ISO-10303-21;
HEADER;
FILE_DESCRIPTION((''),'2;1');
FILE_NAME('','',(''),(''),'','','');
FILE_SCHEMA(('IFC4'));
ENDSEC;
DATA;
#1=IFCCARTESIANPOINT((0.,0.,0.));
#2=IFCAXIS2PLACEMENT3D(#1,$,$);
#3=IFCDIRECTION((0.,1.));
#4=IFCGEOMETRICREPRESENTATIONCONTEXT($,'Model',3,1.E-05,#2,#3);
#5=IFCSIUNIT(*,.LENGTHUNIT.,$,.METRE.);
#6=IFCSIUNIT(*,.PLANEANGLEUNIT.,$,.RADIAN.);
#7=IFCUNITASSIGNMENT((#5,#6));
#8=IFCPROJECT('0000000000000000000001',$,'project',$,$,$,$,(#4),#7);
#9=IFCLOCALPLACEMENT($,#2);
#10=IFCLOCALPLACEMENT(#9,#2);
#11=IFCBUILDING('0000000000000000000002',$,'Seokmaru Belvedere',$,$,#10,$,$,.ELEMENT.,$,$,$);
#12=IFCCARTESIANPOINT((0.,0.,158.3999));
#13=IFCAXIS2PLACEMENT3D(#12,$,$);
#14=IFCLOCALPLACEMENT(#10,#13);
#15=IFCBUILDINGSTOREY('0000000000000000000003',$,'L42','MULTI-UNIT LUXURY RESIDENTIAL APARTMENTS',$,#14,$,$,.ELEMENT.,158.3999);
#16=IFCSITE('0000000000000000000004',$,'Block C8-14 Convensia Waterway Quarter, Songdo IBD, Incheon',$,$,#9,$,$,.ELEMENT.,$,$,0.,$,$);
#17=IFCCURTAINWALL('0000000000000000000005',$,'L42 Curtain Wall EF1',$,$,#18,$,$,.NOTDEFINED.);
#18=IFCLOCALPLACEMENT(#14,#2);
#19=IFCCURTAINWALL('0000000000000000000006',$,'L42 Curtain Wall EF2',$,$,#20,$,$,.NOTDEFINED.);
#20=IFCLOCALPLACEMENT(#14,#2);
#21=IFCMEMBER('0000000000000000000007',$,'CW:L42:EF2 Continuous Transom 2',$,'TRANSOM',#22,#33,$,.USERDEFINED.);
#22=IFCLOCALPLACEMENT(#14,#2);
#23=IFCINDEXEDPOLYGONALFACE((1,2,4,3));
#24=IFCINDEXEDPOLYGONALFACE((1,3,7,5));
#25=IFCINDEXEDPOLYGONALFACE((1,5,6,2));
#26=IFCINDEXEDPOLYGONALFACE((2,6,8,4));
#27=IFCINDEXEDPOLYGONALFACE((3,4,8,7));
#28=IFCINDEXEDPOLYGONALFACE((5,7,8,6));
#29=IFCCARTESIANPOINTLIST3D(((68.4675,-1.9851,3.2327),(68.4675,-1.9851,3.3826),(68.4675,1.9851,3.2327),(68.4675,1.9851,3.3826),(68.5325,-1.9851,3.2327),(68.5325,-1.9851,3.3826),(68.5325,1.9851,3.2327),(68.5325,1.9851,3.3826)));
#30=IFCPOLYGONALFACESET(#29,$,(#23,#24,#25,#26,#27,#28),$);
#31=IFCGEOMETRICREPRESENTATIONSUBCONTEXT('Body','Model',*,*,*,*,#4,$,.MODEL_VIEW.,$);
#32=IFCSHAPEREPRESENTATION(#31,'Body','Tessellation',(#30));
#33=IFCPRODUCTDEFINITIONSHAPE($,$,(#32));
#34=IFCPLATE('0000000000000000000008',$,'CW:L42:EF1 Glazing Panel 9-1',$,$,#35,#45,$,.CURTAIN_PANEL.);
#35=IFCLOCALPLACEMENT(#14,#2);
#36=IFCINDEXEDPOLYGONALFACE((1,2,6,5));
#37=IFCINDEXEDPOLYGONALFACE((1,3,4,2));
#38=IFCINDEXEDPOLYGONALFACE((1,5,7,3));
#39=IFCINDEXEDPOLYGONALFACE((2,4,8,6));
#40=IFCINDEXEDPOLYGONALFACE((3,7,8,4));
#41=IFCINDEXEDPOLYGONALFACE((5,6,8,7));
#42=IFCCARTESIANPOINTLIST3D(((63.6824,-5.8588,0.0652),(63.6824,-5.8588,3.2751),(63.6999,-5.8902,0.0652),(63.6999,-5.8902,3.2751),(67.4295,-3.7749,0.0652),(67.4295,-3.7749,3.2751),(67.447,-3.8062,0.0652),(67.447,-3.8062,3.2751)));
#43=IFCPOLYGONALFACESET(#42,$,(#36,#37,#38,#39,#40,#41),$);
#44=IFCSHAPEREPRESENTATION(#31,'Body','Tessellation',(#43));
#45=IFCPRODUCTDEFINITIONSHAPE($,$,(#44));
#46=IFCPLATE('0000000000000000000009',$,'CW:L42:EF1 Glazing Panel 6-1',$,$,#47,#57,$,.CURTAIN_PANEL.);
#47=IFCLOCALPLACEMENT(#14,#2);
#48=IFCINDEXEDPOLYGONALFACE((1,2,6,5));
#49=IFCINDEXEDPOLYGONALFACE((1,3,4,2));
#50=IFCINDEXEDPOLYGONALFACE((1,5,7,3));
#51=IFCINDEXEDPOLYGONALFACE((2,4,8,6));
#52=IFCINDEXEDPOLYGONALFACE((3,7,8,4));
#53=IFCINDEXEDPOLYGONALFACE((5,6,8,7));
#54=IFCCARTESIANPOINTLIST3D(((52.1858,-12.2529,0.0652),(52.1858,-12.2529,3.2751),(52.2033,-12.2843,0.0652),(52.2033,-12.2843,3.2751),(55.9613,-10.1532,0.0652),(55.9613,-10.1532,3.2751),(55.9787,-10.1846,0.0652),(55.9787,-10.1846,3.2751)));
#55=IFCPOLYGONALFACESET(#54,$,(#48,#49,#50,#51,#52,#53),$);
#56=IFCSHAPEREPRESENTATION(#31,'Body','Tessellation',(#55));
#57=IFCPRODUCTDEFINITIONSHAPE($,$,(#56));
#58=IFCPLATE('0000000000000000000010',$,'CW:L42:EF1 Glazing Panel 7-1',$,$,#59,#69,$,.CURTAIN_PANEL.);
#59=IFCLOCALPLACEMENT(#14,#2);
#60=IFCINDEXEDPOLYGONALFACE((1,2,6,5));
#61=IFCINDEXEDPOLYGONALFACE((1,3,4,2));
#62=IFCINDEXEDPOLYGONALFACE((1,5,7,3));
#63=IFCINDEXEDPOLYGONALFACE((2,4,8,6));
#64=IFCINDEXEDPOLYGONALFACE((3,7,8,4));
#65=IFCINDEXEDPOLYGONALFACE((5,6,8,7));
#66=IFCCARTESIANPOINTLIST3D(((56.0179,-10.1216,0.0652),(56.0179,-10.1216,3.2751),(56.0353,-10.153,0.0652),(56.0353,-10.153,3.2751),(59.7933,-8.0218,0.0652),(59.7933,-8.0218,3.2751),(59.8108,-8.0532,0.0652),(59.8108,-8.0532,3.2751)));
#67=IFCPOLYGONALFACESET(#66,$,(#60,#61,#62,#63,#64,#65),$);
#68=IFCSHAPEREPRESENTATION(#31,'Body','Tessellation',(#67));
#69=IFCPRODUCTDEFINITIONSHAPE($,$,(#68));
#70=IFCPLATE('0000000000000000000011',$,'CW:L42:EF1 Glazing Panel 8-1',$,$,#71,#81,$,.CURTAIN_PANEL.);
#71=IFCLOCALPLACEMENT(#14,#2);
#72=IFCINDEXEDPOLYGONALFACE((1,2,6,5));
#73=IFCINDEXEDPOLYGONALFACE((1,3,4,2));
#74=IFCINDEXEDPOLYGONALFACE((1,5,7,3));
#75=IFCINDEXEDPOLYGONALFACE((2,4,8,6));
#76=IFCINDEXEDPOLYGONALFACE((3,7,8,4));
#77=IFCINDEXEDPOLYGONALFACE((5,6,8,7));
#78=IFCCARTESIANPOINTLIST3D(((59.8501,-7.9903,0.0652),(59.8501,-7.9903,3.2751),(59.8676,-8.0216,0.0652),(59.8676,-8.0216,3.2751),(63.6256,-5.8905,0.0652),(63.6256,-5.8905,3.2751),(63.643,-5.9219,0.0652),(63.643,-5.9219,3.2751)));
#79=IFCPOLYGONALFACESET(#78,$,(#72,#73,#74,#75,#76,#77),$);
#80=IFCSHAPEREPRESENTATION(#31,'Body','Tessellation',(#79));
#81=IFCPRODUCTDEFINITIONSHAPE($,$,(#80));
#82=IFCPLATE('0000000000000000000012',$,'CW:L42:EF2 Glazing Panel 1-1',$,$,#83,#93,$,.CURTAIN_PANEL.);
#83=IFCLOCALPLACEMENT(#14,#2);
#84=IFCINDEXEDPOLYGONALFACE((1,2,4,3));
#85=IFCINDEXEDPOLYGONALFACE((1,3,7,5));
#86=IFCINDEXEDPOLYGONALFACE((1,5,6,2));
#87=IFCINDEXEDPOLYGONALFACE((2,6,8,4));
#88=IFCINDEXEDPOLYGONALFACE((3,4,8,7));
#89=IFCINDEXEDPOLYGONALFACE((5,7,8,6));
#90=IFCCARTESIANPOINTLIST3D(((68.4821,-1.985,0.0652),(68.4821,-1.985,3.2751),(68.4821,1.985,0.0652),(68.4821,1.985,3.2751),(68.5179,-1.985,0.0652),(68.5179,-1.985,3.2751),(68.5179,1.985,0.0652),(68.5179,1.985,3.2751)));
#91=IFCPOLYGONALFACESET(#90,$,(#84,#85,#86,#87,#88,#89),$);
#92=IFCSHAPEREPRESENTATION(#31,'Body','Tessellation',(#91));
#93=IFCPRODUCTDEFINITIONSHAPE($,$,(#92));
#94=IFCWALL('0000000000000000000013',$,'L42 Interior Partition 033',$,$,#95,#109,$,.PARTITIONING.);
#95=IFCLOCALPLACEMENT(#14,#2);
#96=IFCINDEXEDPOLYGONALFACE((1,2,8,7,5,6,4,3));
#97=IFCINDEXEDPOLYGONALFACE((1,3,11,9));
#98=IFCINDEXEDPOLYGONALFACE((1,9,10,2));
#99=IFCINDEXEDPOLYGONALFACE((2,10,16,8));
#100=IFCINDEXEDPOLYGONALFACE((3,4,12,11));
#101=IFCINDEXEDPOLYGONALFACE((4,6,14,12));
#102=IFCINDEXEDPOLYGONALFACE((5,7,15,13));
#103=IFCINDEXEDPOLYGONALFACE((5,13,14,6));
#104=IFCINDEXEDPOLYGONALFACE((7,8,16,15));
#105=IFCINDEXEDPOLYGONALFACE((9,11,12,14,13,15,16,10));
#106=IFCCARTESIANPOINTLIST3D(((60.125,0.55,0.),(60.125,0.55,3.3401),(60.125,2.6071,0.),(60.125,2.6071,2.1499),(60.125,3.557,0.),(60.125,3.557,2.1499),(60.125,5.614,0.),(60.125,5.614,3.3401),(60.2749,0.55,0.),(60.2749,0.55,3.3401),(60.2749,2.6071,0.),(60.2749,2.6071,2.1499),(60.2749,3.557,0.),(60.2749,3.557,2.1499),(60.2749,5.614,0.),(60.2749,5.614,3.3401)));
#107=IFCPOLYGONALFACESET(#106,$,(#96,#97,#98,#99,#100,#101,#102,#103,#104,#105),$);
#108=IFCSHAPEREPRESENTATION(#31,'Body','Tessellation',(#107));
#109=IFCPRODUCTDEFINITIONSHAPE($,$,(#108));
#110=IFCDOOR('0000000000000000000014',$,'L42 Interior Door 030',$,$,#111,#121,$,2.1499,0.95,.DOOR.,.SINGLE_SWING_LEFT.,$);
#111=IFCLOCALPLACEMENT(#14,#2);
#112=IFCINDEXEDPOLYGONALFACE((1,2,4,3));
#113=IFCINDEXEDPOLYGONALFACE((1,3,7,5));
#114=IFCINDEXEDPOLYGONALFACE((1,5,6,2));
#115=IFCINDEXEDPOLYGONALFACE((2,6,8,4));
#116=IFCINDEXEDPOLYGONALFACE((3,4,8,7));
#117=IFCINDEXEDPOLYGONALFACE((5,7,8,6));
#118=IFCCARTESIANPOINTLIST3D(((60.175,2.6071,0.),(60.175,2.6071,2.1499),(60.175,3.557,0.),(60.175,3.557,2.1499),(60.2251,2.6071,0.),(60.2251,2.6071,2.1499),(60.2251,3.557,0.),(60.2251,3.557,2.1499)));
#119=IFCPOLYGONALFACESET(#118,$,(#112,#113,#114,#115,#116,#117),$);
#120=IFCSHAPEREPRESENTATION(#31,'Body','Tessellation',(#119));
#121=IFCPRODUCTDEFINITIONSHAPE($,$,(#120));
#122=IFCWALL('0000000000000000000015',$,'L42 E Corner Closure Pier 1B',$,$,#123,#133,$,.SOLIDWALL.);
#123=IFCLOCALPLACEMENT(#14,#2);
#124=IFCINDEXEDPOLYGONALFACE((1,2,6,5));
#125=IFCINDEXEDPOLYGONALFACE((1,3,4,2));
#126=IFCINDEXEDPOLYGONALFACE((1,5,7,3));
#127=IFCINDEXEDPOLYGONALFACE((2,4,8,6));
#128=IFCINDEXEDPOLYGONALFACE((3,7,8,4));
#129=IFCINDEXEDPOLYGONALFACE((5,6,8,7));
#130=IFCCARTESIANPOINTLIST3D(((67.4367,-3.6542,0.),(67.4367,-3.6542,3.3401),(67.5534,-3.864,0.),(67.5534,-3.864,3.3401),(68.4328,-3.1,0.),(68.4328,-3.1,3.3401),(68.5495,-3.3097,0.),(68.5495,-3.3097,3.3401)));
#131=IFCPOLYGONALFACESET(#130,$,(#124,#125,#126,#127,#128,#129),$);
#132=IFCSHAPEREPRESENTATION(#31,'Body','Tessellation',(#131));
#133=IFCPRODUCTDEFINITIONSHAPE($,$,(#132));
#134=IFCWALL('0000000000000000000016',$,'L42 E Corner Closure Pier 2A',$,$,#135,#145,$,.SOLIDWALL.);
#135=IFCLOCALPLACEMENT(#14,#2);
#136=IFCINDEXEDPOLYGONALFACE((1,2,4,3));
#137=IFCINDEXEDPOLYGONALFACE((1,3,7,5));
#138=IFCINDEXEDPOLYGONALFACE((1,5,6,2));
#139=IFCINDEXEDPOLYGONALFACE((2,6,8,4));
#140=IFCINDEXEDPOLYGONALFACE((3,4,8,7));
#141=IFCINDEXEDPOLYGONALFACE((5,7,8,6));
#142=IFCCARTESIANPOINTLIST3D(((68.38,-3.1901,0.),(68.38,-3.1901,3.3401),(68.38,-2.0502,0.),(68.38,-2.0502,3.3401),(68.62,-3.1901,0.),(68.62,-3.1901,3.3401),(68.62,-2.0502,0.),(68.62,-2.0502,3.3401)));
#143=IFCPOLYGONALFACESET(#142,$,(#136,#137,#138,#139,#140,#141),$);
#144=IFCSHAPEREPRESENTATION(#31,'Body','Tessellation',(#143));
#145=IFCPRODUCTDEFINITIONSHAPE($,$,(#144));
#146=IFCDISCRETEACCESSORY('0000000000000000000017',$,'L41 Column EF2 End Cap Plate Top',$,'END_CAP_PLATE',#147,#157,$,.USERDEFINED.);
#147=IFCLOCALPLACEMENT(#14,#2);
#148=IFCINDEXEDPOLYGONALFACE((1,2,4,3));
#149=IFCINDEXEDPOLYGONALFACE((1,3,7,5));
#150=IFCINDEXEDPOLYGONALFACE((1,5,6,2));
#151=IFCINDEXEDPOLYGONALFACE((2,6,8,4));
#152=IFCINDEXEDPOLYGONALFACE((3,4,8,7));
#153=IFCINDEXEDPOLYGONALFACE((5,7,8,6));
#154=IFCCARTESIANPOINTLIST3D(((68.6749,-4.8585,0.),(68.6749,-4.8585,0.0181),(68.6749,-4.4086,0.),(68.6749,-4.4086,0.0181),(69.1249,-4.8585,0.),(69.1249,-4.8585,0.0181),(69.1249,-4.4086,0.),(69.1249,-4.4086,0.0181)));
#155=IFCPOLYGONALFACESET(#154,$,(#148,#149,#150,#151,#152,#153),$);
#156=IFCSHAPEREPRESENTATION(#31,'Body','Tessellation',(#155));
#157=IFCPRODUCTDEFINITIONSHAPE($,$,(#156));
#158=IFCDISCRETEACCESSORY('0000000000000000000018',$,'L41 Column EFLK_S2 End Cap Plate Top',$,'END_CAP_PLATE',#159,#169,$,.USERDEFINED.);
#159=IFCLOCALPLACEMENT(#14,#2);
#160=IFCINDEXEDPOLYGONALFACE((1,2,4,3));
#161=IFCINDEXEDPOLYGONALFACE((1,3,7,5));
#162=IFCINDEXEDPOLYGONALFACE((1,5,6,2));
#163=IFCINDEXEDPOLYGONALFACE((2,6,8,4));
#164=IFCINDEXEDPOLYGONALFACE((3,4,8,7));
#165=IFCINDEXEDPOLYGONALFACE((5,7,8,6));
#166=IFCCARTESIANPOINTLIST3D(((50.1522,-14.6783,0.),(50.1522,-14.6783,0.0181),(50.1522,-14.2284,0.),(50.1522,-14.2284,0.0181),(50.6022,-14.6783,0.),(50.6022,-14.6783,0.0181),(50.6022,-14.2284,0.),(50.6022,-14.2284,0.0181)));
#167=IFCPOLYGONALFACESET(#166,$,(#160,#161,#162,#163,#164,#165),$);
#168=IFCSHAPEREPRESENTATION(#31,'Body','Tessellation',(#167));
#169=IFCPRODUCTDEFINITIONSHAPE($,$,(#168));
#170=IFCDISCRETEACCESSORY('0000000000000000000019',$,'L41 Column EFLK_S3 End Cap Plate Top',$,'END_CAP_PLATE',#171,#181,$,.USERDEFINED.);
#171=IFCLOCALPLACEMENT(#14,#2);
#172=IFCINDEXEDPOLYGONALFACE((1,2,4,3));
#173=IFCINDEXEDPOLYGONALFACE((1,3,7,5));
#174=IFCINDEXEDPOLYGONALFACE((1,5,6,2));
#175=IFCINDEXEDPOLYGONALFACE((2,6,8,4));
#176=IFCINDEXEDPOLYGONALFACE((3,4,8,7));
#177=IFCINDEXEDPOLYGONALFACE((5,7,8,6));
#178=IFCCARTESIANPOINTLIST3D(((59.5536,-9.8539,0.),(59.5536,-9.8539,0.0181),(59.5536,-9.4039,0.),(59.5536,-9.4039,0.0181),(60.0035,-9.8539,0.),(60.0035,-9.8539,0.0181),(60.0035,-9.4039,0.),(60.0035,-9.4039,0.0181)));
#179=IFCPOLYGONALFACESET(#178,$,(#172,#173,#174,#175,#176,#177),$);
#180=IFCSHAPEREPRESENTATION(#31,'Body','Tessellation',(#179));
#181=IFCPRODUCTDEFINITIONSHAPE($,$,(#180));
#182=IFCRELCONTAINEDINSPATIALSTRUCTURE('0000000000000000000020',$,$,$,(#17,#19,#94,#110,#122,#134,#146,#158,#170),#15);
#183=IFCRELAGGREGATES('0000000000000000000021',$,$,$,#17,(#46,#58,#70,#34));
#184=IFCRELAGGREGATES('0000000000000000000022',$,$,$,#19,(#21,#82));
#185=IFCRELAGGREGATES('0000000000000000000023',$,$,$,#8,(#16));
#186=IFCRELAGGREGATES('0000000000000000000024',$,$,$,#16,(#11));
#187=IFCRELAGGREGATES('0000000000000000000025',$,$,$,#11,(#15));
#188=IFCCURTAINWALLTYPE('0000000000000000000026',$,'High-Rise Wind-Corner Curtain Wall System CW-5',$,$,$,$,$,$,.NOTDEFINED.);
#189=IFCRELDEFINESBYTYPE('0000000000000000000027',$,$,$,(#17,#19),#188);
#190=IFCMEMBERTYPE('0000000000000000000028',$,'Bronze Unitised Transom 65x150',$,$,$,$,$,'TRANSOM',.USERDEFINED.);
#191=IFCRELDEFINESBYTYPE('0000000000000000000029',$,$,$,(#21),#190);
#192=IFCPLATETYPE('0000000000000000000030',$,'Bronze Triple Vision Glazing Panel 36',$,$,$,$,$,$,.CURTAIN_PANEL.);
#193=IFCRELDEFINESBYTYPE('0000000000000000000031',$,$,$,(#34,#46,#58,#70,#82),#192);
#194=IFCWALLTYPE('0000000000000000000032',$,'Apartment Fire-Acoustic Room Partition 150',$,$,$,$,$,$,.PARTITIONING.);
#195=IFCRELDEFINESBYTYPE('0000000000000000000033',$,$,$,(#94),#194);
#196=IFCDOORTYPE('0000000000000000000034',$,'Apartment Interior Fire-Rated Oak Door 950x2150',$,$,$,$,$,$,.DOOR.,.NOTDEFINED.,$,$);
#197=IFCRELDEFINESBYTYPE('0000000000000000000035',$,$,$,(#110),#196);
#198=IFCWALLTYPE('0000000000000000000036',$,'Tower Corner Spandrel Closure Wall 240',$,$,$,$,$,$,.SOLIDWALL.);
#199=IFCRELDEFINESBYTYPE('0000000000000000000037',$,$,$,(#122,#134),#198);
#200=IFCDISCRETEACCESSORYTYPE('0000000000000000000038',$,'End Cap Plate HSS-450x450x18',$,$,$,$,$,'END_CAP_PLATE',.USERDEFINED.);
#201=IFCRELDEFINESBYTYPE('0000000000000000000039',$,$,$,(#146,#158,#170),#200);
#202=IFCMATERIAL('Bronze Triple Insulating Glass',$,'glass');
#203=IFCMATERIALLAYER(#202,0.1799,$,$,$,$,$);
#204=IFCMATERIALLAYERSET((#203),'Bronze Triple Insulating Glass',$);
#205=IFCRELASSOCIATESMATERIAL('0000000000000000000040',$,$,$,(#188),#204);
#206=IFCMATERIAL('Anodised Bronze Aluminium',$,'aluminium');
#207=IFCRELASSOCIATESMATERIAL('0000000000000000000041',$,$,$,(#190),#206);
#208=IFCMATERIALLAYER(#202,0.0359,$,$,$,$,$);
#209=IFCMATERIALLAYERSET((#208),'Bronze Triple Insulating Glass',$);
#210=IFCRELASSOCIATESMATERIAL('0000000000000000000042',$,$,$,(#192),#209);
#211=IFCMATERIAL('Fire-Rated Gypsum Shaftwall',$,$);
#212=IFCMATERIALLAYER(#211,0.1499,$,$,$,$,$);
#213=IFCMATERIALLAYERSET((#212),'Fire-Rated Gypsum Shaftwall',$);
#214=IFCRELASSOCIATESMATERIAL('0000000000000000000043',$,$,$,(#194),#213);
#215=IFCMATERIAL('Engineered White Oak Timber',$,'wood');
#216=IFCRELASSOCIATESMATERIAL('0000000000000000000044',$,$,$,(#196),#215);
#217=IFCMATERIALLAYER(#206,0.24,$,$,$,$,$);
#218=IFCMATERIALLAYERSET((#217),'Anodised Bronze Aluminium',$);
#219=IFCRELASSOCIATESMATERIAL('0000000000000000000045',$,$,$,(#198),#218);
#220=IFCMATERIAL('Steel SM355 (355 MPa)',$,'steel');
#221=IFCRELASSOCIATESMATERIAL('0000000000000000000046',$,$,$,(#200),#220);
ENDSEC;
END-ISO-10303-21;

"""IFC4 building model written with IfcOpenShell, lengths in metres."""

from ifc_helpers import new_model, si_unit, direction, frame, frame_2d, origin, origin_2d, place, context, subcontext, project, spatial, rectangle, extrude, source, transform, mapped, material, layer, layer_set, material_profile, profile_set, type_object, type_shapes, element, fill, aggregate, save


model = new_model("IFC4")

# Units and contexts
model_context = context("Model", 3, precision=1e-05, world=origin(), true_north=direction((0.0, 1.0)))
body_context = subcontext(model_context, "Body", "Model", "MODEL_VIEW")
ifc_project = project(units=[si_unit("LENGTHUNIT", "METRE"), si_unit("PLANEANGLEUNIT", "RADIAN")], contexts=[model_context])

# Site, building, storey
site_placement = place(None, origin())
site = spatial("IfcSite", under=ifc_project, at=site_placement, Name="Block C8-14 Convensia Waterway Quarter, Songdo IBD, Incheon", CompositionType="ELEMENT", RefElevation=0.0)
building_placement = place(site_placement, origin())
building = spatial("IfcBuilding", under=site, at=building_placement, Name="Seokmaru Belvedere", CompositionType="ELEMENT")
storey_placement = place(building_placement, frame((0.0, 0.0, 158.3999)))
storey = spatial("IfcBuildingStorey", under=building, at=storey_placement, Name="L42", Description="MULTI-UNIT LUXURY RESIDENTIAL APARTMENTS", CompositionType="ELEMENT", Elevation=158.3999)

# Shared definitions
ifc_material_1 = material(Name="Steel SM355 (355 MPa)", Category="steel")

# Curtain walls
ifc_material_2 = material(Name="Bronze Triple Insulating Glass", Category="glass")
ifc_layer_1 = layer(ifc_material_2, 0.1799)
ifc_layer_set_1 = layer_set([ifc_layer_1], Name="Bronze Triple Insulating Glass")
curtain_wall_type = type_object("IfcCurtainWallType", Name="High-Rise Wind-Corner Curtain Wall System CW-5", PredefinedType="NOTDEFINED", material=ifc_layer_set_1)
curtain_wall_1_placement = place(storey_placement, origin())
curtain_wall_1 = element("IfcCurtainWall", 1, at=curtain_wall_1_placement, inside=storey, type_object=curtain_wall_type, Name="L42 Curtain Wall EF1", PredefinedType="NOTDEFINED")
ifc_material_3 = material(Name="Anodised Bronze Aluminium", Category="aluminium")
curtain_wall_2_placement = place(storey_placement, origin())
curtain_wall_2 = element("IfcCurtainWall", 2, at=curtain_wall_2_placement, inside=storey, type_object=curtain_wall_type, Name="L42 Curtain Wall EF2", PredefinedType="NOTDEFINED")

# Member
ifc_material_profile_1 = material_profile(ifc_material_3, rectangle(XDim=0.0649, YDim=0.1499, at=origin_2d()), Name="CW-T-65x150")
ifc_profile_set_1 = profile_set([ifc_material_profile_1], Name="Anodised Bronze Aluminium")
member_type_1 = type_object("IfcMemberType", Name="Bronze Unitised Transom 65x150", ElementType="TRANSOM", PredefinedType="USERDEFINED", material=ifc_profile_set_1)
shared_shape_1 = source(origin(), body_context, "Body", "SweptSolid", [
    extrude(rectangle(XDim=0.0649, YDim=0.1499, at=origin_2d()), origin(), (0.0, 0.0, 1.0), 3.9702),
])
type_shapes(member_type_1, [shared_shape_1])
member_1_placement = place(storey_placement, frame((68.5, -1.9851, 3.3076), z_axis=(0.0, 1.0, 0.0), x_axis=(-1.0, 0.0, 0.0)))
member_1 = element("IfcMember", 3, at=member_1_placement, type_object=member_type_1, Name="CW:L42:EF2 Continuous Transom 2", ObjectType="TRANSOM", PredefinedType="USERDEFINED", context=body_context, shape_type="MappedRepresentation", body=[
    mapped(shared_shape_1, transform((0.0, 0.0, 0.0), scale=1.0)),
])

# Plates
ifc_layer_2 = layer(ifc_material_2, 0.0359)
ifc_layer_set_2 = layer_set([ifc_layer_2], Name="Bronze Triple Insulating Glass")
plate_type = type_object("IfcPlateType", Name="Bronze Triple Vision Glazing Panel 36", PredefinedType="CURTAIN_PANEL", material=ifc_layer_set_2)
shared_shape_2 = source(origin(), body_context, "Body", "SweptSolid", [
    extrude(rectangle(XDim=4.2876, YDim=0.0359, at=origin_2d()), origin(), (0.0, 0.0, 1.0), 3.21),
])
plate_1_placement = place(storey_placement, frame((65.5647, -4.8325, 0.0652), z_axis=(0.0, 0.0, 1.0), x_axis=(0.873933, 0.486047, 0.0)))
plate_1 = element("IfcPlate", 4, at=plate_1_placement, type_object=plate_type, Name="CW:L42:EF1 Glazing Panel 9-1", PredefinedType="CURTAIN_PANEL", context=body_context, shape_type="MappedRepresentation", body=[
    mapped(shared_shape_2, transform((0.0, 0.0, 0.0), scale=1.0)),
])
shared_shape_3 = source(origin(), body_context, "Body", "SweptSolid", [
    extrude(rectangle(XDim=4.3201, YDim=0.0359, at=origin_2d()), origin(), (0.0, 0.0, 1.0), 3.21),
])
plate_2_placement = place(storey_placement, frame((54.0823, -11.2188, 0.0652), z_axis=(0.0, 0.0, 1.0), x_axis=(0.873933, 0.486047, 0.0)))
plate_2 = element("IfcPlate", 5, at=plate_2_placement, type_object=plate_type, Name="CW:L42:EF1 Glazing Panel 6-1", PredefinedType="CURTAIN_PANEL", context=body_context, shape_type="MappedRepresentation", body=[
    mapped(shared_shape_3, transform((0.0, 0.0, 0.0), scale=1.0)),
])
plate_3_placement = place(storey_placement, frame((57.9143, -9.0874, 0.0652), z_axis=(0.0, 0.0, 1.0), x_axis=(0.873933, 0.486047, 0.0)))
plate_3 = element("IfcPlate", 6, at=plate_3_placement, type_object=plate_type, Name="CW:L42:EF1 Glazing Panel 7-1", PredefinedType="CURTAIN_PANEL", context=body_context, shape_type="MappedRepresentation", body=[
    mapped(shared_shape_3, transform((0.0, 0.0, 0.0), scale=1.0)),
])
plate_4_placement = place(storey_placement, frame((61.7466, -6.9561, 0.0652), z_axis=(0.0, 0.0, 1.0), x_axis=(0.873933, 0.486047, 0.0)))
plate_4 = element("IfcPlate", 7, at=plate_4_placement, type_object=plate_type, Name="CW:L42:EF1 Glazing Panel 8-1", PredefinedType="CURTAIN_PANEL", context=body_context, shape_type="MappedRepresentation", body=[
    mapped(shared_shape_3, transform((0.0, 0.0, 0.0), scale=1.0)),
])
aggregate(curtain_wall_1, [plate_2, plate_3, plate_4, plate_1])
shared_shape_4 = source(origin(), body_context, "Body", "SweptSolid", [
    extrude(rectangle(XDim=3.97, YDim=0.0359, at=origin_2d()), origin(), (0.0, 0.0, 1.0), 3.21),
])
type_shapes(plate_type, [shared_shape_2, shared_shape_3, shared_shape_4])
plate_5_placement = place(storey_placement, frame((68.5, 0.0, 0.0652), z_axis=(0.0, 0.0, 1.0), x_axis=(0.0, 1.0, 0.0)))
plate_5 = element("IfcPlate", 8, at=plate_5_placement, type_object=plate_type, Name="CW:L42:EF2 Glazing Panel 1-1", PredefinedType="CURTAIN_PANEL", context=body_context, shape_type="MappedRepresentation", body=[
    mapped(shared_shape_4, transform((0.0, 0.0, 0.0), scale=1.0)),
])
aggregate(curtain_wall_2, [member_1, plate_5])

# Shared definitions
ifc_material_4 = material(Name="Fire-Rated Gypsum Shaftwall")
ifc_layer_3 = layer(ifc_material_4, 0.1499)
ifc_layer_set_3 = layer_set([ifc_layer_3], Name="Fire-Rated Gypsum Shaftwall")
wall_type_1 = type_object("IfcWallType", Name="Apartment Fire-Acoustic Room Partition 150", PredefinedType="PARTITIONING", material=ifc_layer_set_3)

# Wall, opening, door
wall_1_placement = place(storey_placement, frame((60.2, 0.55, 0.0), z_axis=(0.0, 0.0, 1.0), x_axis=(0.0, 1.0, 0.0)))
wall_1 = element("IfcWall", 9, at=wall_1_placement, inside=storey, type_object=wall_type_1, Name="L42 Interior Partition 033", PredefinedType="PARTITIONING", context=body_context, shape_type="SweptSolid", body=[
    extrude(rectangle(XDim=5.064, YDim=0.1499, at=frame_2d((2.532, 0.0))), origin(), (0.0, 0.0, 1.0), 3.3401),
])
opening_1_placement = place(wall_1_placement, frame((2.0569, 0.0, 0.0)))
opening_1 = element("IfcOpeningElement", 10, at=opening_1_placement, cuts=wall_1, PredefinedType="OPENING", context=body_context, shape_type="SweptSolid", body=[
    extrude(rectangle(XDim=0.95, YDim=2.1499, at=frame_2d((0.4751, 1.075))), frame((0.0, 0.085, 0.0), z_axis=(0.0, -1.0, 0.0), x_axis=(1.0, 0.0, 0.0)), (0.0, 0.0, 1.0), 0.1699),
])
ifc_material_5 = material(Name="Engineered White Oak Timber", Category="wood")
door_type = type_object("IfcDoorType", Name="Apartment Interior Fire-Rated Oak Door 950x2150", OperationType="NOTDEFINED", PredefinedType="DOOR", material=ifc_material_5)
shared_shape_5 = source(origin(), body_context, "Body", "SweptSolid", [
    extrude(rectangle(XDim=0.95, YDim=2.1499, at=frame_2d((0.4751, 1.075))), frame((0.0, 0.0249, 0.0), z_axis=(0.0, -1.0, 0.0), x_axis=(1.0, 0.0, 0.0)), (0.0, 0.0, 1.0), 0.05),
])
type_shapes(door_type, [shared_shape_5])
door_placement = place(opening_1_placement, origin())
door = element("IfcDoor", 11, at=door_placement, inside=storey, type_object=door_type, Name="L42 Interior Door 030", OperationType="SINGLE_SWING_LEFT", OverallHeight=2.1499, OverallWidth=0.95, PredefinedType="DOOR", context=body_context, shape_type="MappedRepresentation", body=[
    mapped(shared_shape_5, transform((0.0, 0.0, 0.0), scale=1.0)),
])
fill(opening_1, door)

# Walls
ifc_layer_4 = layer(ifc_material_3, 0.24)
ifc_layer_set_4 = layer_set([ifc_layer_4], Name="Anodised Bronze Aluminium")
wall_type_2 = type_object("IfcWallType", Name="Tower Corner Spandrel Closure Wall 240", PredefinedType="SOLIDWALL", material=ifc_layer_set_4)
for number, where, z_axis, x_axis, name in (
    (12, (67.4951, -3.759, 0.0), (0.0, 0.0, 1.0), (0.873854, 0.486188, 0.0), "L42 E Corner Closure Pier 1B"),
    (13, (68.5, -3.1899, 0.0), (0.0, 0.0, 1.0), (0.0, 1.0, 0.0), "L42 E Corner Closure Pier 2A"),
):
    element("IfcWall", number, at=place(storey_placement, frame(where, z_axis=z_axis, x_axis=x_axis)), inside=storey, type_object=wall_type_2, Name=name, PredefinedType="SOLIDWALL", context=body_context, shape_type="SweptSolid", body=[
        extrude(rectangle(XDim=1.1399, YDim=0.24, at=frame_2d((0.5698, 0.0))), origin(), (0.0, 0.0, 1.0), 3.3401),
    ])

# Discrete accessories
discrete_accessory_type = type_object("IfcDiscreteAccessoryType", Name="End Cap Plate HSS-450x450x18", ElementType="END_CAP_PLATE", PredefinedType="USERDEFINED", material=ifc_material_1)
shared_shape_6 = source(origin(), body_context, "Body", "SweptSolid", [
    extrude(rectangle(XDim=0.45, YDim=0.45, at=origin_2d()), origin(), (0.0, 0.0, 1.0), 0.0181),
])
type_shapes(discrete_accessory_type, [shared_shape_6])
for number, where, z_axis, x_axis, name in (
    (14, (68.8999, -4.6335, 0.0), (0.0, 0.0, 1.0), (1.0, 0.0, 0.0), "L41 Column EF2 End Cap Plate Top"),
    (15, (50.3772, -14.4534, 0.0), (0.0, 0.0, 1.0), (1.0, 0.0, 0.0), "L41 Column EFLK_S2 End Cap Plate Top"),
    (16, (59.7786, -9.6289, 0.0), (0.0, 0.0, 1.0), (1.0, 0.0, 0.0), "L41 Column EFLK_S3 End Cap Plate Top"),
):
    element("IfcDiscreteAccessory", number, at=place(storey_placement, frame(where, z_axis=z_axis, x_axis=x_axis)), inside=storey, type_object=discrete_accessory_type, Name=name, ObjectType="END_CAP_PLATE", PredefinedType="USERDEFINED", context=body_context, shape_type="MappedRepresentation", body=[
        mapped(shared_shape_6, transform((0.0, 0.0, 0.0), scale=1.0)),
    ])

save(model, "model.ifc")
